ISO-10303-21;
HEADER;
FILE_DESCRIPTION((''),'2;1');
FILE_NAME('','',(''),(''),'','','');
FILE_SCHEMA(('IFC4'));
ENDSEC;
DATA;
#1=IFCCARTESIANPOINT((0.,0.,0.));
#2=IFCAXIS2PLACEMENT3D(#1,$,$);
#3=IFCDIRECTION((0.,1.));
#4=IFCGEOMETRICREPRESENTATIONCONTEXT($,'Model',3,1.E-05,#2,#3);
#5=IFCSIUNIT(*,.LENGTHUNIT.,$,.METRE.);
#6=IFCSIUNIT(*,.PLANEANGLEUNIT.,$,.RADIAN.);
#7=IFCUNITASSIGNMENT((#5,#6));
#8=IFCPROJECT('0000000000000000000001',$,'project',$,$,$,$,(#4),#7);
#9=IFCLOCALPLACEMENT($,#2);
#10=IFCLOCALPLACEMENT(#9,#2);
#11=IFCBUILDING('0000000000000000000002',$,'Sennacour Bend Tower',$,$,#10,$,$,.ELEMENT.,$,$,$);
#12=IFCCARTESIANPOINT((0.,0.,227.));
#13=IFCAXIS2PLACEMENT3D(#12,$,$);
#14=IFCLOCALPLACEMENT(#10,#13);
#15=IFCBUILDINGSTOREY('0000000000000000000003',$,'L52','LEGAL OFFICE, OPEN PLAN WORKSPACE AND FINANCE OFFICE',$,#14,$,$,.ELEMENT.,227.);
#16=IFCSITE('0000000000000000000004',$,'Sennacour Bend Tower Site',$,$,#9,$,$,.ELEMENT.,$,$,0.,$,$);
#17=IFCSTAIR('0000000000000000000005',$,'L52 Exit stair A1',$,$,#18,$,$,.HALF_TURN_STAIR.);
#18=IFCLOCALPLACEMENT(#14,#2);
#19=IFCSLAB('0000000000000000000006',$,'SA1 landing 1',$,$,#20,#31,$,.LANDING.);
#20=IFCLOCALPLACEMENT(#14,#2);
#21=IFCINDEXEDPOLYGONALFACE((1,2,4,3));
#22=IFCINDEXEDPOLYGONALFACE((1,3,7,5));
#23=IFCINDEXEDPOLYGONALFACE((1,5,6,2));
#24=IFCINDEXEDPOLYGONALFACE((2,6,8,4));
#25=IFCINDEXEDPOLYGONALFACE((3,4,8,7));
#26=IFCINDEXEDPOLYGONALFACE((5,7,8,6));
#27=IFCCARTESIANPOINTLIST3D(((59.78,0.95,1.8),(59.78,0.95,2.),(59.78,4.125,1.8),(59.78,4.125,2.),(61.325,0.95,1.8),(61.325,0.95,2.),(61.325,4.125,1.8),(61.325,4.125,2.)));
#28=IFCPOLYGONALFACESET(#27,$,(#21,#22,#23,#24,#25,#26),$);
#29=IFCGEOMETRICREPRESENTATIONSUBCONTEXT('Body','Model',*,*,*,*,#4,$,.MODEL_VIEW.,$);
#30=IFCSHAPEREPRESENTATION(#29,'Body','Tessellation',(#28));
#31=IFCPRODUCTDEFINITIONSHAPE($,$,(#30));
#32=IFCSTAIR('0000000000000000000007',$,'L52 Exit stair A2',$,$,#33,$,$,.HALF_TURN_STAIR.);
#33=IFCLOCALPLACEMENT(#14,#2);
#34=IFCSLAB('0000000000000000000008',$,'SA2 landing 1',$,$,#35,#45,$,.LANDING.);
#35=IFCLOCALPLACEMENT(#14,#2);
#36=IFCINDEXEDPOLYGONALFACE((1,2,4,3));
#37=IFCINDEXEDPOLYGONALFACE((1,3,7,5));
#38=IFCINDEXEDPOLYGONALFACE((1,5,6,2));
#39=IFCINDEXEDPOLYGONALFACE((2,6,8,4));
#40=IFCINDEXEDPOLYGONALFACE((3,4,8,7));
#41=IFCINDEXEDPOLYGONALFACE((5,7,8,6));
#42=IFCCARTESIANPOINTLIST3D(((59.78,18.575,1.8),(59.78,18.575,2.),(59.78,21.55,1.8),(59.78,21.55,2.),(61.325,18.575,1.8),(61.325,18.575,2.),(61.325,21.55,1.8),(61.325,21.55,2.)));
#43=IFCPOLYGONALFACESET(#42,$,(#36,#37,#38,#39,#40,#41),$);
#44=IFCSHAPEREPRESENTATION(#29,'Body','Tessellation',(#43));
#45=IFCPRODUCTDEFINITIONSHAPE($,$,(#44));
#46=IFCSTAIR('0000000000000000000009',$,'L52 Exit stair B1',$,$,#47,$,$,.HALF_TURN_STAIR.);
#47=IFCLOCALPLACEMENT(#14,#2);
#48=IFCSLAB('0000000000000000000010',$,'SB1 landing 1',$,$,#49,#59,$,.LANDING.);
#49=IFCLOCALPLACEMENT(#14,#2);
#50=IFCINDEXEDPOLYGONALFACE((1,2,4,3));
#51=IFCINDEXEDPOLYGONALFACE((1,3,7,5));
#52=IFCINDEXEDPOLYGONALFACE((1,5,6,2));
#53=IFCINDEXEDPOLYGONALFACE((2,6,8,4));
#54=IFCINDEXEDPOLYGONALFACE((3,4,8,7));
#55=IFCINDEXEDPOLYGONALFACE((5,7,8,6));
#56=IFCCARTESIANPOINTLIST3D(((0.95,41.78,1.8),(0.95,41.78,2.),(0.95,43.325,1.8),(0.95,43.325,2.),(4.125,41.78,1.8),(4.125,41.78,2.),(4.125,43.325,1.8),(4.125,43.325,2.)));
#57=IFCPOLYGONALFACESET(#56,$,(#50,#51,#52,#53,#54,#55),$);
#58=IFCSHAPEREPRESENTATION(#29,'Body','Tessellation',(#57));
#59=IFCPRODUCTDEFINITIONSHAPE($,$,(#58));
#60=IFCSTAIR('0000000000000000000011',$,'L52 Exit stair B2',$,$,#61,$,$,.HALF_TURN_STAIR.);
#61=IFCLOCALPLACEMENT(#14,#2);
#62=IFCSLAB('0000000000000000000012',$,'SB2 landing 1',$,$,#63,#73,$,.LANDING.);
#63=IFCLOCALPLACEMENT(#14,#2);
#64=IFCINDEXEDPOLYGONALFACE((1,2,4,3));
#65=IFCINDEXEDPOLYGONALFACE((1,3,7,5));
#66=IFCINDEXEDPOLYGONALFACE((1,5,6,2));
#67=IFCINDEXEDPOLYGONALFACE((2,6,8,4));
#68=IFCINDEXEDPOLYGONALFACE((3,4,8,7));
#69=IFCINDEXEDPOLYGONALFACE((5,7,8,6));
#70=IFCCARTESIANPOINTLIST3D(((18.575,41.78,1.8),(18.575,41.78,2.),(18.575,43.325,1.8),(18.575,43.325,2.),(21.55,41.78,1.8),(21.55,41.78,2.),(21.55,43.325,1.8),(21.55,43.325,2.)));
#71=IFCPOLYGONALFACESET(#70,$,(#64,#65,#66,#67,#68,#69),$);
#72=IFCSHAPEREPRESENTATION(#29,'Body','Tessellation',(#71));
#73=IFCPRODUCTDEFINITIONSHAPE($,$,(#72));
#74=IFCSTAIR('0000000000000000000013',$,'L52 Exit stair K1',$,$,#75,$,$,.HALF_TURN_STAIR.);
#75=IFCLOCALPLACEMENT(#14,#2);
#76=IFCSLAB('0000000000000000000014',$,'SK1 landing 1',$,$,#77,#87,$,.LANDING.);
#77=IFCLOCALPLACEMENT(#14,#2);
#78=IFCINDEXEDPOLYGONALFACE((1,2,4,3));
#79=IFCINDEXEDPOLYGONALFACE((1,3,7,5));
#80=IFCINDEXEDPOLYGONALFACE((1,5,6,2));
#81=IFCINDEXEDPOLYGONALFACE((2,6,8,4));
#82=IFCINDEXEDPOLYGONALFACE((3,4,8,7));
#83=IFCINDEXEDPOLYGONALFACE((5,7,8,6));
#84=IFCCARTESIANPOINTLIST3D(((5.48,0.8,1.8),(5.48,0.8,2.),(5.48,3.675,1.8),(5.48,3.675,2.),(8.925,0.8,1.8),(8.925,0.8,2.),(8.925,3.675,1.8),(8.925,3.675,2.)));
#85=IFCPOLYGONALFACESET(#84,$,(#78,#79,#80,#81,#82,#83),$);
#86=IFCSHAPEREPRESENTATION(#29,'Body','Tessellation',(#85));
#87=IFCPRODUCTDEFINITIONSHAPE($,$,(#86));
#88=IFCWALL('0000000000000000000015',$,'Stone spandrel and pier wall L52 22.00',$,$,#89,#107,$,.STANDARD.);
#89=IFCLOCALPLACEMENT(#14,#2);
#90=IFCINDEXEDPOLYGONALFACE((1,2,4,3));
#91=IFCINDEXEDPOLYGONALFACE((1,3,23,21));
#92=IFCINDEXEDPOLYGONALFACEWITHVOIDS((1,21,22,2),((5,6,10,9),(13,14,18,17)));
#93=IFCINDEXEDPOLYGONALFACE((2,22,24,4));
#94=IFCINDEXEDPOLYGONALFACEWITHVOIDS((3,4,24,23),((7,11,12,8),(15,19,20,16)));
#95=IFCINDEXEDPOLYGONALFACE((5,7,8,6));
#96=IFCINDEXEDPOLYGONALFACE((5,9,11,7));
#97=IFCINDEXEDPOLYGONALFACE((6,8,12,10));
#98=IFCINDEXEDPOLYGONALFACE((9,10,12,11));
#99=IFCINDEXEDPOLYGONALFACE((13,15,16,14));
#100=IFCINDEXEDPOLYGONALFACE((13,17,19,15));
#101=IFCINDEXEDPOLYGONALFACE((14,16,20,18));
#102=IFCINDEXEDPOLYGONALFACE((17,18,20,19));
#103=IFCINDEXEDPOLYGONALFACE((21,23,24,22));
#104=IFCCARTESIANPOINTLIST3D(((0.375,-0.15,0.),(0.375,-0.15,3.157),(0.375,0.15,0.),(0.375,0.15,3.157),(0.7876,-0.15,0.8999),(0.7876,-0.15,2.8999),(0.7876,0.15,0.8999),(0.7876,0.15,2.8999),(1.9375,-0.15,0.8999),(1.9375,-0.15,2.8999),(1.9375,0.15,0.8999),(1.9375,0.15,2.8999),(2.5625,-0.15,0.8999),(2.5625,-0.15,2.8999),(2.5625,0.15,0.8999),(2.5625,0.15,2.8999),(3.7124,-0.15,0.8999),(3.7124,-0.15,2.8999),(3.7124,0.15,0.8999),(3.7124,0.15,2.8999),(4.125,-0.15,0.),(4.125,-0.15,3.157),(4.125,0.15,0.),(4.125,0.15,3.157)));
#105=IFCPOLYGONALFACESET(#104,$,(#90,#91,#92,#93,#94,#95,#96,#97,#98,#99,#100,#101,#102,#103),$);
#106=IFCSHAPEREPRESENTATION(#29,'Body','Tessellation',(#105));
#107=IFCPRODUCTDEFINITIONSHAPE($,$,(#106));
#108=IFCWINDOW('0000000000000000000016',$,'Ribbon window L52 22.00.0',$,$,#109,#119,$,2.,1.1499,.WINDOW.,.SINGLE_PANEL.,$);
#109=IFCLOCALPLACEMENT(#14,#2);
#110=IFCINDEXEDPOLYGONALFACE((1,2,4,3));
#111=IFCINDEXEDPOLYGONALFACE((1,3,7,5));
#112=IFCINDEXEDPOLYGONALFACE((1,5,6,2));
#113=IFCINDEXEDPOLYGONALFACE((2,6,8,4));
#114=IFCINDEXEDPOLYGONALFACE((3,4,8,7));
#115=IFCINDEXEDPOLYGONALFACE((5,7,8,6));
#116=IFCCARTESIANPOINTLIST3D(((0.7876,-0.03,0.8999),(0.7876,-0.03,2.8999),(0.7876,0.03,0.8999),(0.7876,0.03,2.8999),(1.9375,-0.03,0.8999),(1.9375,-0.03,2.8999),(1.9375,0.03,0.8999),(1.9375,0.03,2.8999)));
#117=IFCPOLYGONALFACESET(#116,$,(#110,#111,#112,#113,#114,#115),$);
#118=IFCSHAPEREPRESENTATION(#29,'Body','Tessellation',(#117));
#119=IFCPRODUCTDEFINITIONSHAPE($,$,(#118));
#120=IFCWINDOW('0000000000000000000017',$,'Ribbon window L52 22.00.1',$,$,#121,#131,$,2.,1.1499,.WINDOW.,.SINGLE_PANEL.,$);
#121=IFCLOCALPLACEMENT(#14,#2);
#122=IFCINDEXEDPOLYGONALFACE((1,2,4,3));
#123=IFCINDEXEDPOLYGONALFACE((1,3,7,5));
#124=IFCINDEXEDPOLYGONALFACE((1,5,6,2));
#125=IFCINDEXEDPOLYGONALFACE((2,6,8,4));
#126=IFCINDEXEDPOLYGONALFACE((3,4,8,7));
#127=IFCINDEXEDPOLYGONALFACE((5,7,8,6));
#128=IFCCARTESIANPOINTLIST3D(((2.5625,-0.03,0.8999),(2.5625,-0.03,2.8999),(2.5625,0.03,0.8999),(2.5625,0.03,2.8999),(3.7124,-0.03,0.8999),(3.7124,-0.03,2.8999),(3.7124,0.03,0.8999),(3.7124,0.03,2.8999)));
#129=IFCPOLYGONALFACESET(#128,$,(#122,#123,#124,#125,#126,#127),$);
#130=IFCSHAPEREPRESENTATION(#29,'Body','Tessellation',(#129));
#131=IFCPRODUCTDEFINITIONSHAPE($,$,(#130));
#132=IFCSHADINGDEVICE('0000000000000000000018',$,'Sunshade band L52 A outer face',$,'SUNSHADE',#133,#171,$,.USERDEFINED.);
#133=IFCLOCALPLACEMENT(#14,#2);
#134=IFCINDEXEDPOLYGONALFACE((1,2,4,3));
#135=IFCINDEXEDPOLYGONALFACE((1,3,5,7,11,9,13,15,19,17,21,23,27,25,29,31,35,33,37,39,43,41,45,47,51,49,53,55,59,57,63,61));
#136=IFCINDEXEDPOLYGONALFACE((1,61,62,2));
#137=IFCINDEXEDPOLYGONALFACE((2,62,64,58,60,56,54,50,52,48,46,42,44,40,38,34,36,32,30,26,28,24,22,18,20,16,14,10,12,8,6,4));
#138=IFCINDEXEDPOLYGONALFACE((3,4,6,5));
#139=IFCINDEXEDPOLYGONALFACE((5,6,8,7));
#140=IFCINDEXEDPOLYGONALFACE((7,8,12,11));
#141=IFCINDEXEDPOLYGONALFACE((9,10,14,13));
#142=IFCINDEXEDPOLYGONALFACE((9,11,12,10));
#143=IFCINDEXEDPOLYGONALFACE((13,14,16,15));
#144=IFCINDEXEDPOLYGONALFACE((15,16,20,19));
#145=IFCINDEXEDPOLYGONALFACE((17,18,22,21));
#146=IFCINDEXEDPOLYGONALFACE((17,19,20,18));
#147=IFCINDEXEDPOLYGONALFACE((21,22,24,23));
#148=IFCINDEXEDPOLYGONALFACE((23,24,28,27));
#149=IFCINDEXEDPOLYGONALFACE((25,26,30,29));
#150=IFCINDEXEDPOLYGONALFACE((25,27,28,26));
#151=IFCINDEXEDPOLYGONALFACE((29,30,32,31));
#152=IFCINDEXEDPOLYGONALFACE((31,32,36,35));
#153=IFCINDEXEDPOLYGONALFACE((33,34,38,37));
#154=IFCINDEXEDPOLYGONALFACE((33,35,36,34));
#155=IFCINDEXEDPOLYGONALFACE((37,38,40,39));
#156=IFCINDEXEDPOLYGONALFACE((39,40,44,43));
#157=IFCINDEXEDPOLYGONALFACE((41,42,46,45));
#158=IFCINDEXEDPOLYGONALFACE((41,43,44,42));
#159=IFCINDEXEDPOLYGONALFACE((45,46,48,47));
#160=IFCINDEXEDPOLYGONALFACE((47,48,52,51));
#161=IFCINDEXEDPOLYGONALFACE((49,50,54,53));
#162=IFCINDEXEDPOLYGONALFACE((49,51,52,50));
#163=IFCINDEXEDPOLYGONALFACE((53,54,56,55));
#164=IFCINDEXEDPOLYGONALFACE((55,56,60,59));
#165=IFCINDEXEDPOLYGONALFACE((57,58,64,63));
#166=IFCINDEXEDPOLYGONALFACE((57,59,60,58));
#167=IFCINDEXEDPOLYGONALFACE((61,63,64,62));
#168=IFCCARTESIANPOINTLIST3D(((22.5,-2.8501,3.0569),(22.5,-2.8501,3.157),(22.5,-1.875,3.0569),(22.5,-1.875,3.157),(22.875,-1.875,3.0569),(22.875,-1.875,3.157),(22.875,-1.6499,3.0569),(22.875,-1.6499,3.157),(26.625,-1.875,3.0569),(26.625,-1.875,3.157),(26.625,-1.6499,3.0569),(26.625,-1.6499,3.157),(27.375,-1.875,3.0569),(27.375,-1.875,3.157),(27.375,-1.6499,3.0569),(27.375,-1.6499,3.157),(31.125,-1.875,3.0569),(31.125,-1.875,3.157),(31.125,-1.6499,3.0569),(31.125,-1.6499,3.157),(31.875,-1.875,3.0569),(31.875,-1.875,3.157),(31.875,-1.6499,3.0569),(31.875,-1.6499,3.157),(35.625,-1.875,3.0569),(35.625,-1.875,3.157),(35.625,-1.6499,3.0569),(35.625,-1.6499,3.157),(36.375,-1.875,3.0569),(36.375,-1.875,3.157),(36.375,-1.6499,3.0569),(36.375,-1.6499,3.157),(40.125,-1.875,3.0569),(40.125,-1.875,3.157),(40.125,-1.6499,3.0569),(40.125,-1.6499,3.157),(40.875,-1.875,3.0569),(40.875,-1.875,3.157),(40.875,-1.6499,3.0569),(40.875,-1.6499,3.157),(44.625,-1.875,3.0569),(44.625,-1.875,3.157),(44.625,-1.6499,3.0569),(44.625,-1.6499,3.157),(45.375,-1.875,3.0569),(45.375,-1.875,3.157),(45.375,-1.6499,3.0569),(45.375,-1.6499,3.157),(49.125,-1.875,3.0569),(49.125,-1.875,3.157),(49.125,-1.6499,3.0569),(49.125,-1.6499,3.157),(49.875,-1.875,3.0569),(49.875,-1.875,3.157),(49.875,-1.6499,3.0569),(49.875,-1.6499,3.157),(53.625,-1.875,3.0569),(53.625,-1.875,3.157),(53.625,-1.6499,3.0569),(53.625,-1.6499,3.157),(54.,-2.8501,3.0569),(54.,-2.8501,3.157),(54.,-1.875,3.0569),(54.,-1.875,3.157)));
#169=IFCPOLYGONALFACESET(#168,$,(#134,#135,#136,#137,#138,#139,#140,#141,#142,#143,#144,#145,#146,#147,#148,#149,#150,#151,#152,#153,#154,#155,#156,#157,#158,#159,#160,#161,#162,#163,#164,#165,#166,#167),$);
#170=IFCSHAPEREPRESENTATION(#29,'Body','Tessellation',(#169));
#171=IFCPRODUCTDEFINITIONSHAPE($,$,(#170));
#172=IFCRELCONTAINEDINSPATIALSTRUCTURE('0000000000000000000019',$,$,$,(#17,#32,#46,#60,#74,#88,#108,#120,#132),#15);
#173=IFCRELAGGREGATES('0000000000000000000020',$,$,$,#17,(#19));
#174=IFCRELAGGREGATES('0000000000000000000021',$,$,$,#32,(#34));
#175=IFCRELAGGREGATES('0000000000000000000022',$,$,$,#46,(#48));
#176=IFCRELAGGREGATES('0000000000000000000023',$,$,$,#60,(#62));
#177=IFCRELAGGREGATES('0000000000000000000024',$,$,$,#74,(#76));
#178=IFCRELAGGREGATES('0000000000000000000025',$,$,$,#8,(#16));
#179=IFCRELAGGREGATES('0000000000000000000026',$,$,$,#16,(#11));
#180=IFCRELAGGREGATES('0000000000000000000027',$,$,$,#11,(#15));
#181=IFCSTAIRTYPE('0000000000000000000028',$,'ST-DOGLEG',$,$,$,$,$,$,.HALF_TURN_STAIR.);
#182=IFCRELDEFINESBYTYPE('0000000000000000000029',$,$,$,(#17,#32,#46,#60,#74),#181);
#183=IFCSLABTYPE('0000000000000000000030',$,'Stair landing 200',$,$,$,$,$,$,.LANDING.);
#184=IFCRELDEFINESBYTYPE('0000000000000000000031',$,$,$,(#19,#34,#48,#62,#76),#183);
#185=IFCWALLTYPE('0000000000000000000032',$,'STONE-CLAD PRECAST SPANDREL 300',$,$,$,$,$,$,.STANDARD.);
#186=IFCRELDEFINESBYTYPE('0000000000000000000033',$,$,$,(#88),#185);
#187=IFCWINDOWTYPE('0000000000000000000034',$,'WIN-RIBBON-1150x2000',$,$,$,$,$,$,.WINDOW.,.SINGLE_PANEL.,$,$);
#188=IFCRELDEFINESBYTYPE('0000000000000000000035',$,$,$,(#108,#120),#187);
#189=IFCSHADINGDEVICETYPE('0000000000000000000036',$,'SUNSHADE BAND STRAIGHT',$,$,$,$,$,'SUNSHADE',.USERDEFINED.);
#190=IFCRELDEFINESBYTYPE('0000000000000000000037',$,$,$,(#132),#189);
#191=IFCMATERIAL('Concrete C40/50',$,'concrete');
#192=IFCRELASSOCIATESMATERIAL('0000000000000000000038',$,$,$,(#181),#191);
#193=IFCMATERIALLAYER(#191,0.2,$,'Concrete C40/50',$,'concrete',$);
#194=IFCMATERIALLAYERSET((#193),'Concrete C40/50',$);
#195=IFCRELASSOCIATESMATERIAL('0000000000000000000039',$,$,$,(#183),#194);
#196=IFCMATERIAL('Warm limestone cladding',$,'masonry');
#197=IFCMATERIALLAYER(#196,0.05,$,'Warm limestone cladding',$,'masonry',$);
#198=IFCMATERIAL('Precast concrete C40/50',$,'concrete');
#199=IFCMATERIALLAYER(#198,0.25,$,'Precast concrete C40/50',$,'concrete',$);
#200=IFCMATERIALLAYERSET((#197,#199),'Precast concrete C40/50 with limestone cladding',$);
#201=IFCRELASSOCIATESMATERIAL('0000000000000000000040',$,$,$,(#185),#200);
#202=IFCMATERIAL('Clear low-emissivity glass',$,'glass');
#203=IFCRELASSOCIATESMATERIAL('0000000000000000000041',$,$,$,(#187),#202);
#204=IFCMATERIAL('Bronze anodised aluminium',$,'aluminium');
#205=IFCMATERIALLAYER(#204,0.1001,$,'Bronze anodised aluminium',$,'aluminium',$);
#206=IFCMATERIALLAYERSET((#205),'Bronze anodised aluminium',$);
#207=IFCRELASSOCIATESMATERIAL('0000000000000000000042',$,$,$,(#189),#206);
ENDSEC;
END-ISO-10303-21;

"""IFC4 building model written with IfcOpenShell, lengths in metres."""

from ifc_helpers import new_model, si_unit, direction, frame, frame_2d, origin, place, context, subcontext, project, spatial, polyline, rectangle, outline, extrude, material, layer, layer_set, type_object, element, fill, aggregate, save


model = new_model("IFC4")

# Units and contexts
model_context = context("Model", 3, precision=1e-05, world=origin(), true_north=direction((0.0, 1.0)))
body_context = subcontext(model_context, "Body", "Model", "MODEL_VIEW")
ifc_project = project(units=[si_unit("LENGTHUNIT", "METRE"), si_unit("PLANEANGLEUNIT", "RADIAN")], contexts=[model_context])

# Site, building, storey
site_placement = place(None, origin())
site = spatial("IfcSite", under=ifc_project, at=site_placement, Name="Sennacour Bend Tower Site", CompositionType="ELEMENT", RefElevation=0.0)
building_placement = place(site_placement, origin())
building = spatial("IfcBuilding", under=site, at=building_placement, Name="Sennacour Bend Tower", CompositionType="ELEMENT")
storey_placement = place(building_placement, frame((0.0, 0.0, 227.0)))
storey = spatial("IfcBuildingStorey", under=building, at=storey_placement, Name="L52", Description="LEGAL OFFICE, OPEN PLAN WORKSPACE AND FINANCE OFFICE", CompositionType="ELEMENT", Elevation=227.0)

# Shared definitions
ifc_material_1 = material(Name="Concrete C40/50", Category="concrete")

# Stairs, slabs
stair_type = type_object("IfcStairType", Name="ST-DOGLEG", PredefinedType="HALF_TURN_STAIR", material=ifc_material_1)
stair_1_placement = place(storey_placement, origin())
stair_1 = element("IfcStair", 1, at=stair_1_placement, inside=storey, type_object=stair_type, Name="L52 Exit stair A1", PredefinedType="HALF_TURN_STAIR")
ifc_layer_1 = layer(ifc_material_1, 0.2, Name="Concrete C40/50", Category="concrete")
ifc_layer_set_1 = layer_set([ifc_layer_1], Name="Concrete C40/50")
slab_type_1 = type_object("IfcSlabType", Name="Stair landing 200", PredefinedType="LANDING", material=ifc_layer_set_1)
slab_1_placement = place(storey_placement, frame((0.0, 0.0, 1.8)))
slab_1 = element("IfcSlab", 2, at=slab_1_placement, type_object=slab_type_1, Name="SA1 landing 1", PredefinedType="LANDING", context=body_context, shape_type="SweptSolid", body=[
    extrude(outline(polyline([(59.78, 0.95), (61.325, 0.95), (61.325, 4.125), (59.78, 4.125), (59.78, 0.95)])), origin(), (0.0, 0.0, 1.0), 0.2),
])
aggregate(stair_1, [slab_1])
stair_2_placement = place(storey_placement, origin())
stair_2 = element("IfcStair", 3, at=stair_2_placement, inside=storey, type_object=stair_type, Name="L52 Exit stair A2", PredefinedType="HALF_TURN_STAIR")
slab_2_placement = place(storey_placement, frame((0.0, 0.0, 1.8)))
slab_2 = element("IfcSlab", 4, at=slab_2_placement, type_object=slab_type_1, Name="SA2 landing 1", PredefinedType="LANDING", context=body_context, shape_type="SweptSolid", body=[
    extrude(outline(polyline([(59.78, 18.575), (61.325, 18.575), (61.325, 21.55), (59.78, 21.55), (59.78, 18.575)])), origin(), (0.0, 0.0, 1.0), 0.2),
])
aggregate(stair_2, [slab_2])
stair_3_placement = place(storey_placement, origin())
stair_3 = element("IfcStair", 5, at=stair_3_placement, inside=storey, type_object=stair_type, Name="L52 Exit stair B1", PredefinedType="HALF_TURN_STAIR")
slab_3_placement = place(storey_placement, frame((0.0, 0.0, 1.8)))
slab_3 = element("IfcSlab", 6, at=slab_3_placement, type_object=slab_type_1, Name="SB1 landing 1", PredefinedType="LANDING", context=body_context, shape_type="SweptSolid", body=[
    extrude(outline(polyline([(0.95, 41.78), (4.125, 41.78), (4.125, 43.325), (0.95, 43.325), (0.95, 41.78)])), origin(), (0.0, 0.0, 1.0), 0.2),
])
aggregate(stair_3, [slab_3])
stair_4_placement = place(storey_placement, origin())
stair_4 = element("IfcStair", 7, at=stair_4_placement, inside=storey, type_object=stair_type, Name="L52 Exit stair B2", PredefinedType="HALF_TURN_STAIR")
slab_4_placement = place(storey_placement, frame((0.0, 0.0, 1.8)))
slab_4 = element("IfcSlab", 8, at=slab_4_placement, type_object=slab_type_1, Name="SB2 landing 1", PredefinedType="LANDING", context=body_context, shape_type="SweptSolid", body=[
    extrude(outline(polyline([(18.575, 41.78), (21.55, 41.78), (21.55, 43.325), (18.575, 43.325), (18.575, 41.78)])), origin(), (0.0, 0.0, 1.0), 0.2),
])
aggregate(stair_4, [slab_4])
stair_5_placement = place(storey_placement, origin())
stair_5 = element("IfcStair", 9, at=stair_5_placement, inside=storey, type_object=stair_type, Name="L52 Exit stair K1", PredefinedType="HALF_TURN_STAIR")
slab_5_placement = place(storey_placement, frame((0.0, 0.0, 1.8)))
slab_5 = element("IfcSlab", 10, at=slab_5_placement, type_object=slab_type_1, Name="SK1 landing 1", PredefinedType="LANDING", context=body_context, shape_type="SweptSolid", body=[
    extrude(outline(polyline([(5.48, 0.8), (8.925, 0.8), (8.925, 3.675), (5.48, 3.675), (5.48, 0.8)])), origin(), (0.0, 0.0, 1.0), 0.2),
])
aggregate(stair_5, [slab_5])

# Wall, openings, windows
ifc_material_2 = material(Name="Warm limestone cladding", Category="masonry")
ifc_layer_2 = layer(ifc_material_2, 0.05, Name="Warm limestone cladding", Category="masonry")
ifc_material_3 = material(Name="Precast concrete C40/50", Category="concrete")
ifc_layer_3 = layer(ifc_material_3, 0.25, Name="Precast concrete C40/50", Category="concrete")
ifc_layer_set_2 = layer_set([ifc_layer_2, ifc_layer_3], Name="Precast concrete C40/50 with limestone cladding")
wall_type = type_object("IfcWallType", Name="STONE-CLAD PRECAST SPANDREL 300", PredefinedType="STANDARD", material=ifc_layer_set_2)
wall_placement = place(storey_placement, frame((0.375, 0.0, 0.0), z_axis=(0.0, 0.0, 1.0), x_axis=(1.0, 0.0, 0.0)))
wall = element("IfcWall", 11, at=wall_placement, inside=storey, type_object=wall_type, Name="Stone spandrel and pier wall L52 22.00", PredefinedType="STANDARD", context=body_context, shape_type="SweptSolid", body=[
    extrude(rectangle(XDim=3.75, YDim=0.3, at=frame_2d((1.875, 0.0))), origin(), (0.0, 0.0, 1.0), 3.157),
])
opening_1_placement = place(wall_placement, frame((0.4126, 0.0, 0.8999)))
opening_1 = element("IfcOpeningElement", 12, at=opening_1_placement, cuts=wall, PredefinedType="OPENING", context=body_context, shape_type="SweptSolid", body=[
    extrude(rectangle(XDim=1.1499, YDim=2.0, at=frame_2d((0.575, 1.0))), frame((0.0, 0.1602, 0.0), z_axis=(0.0, -1.0, 0.0), x_axis=(1.0, 0.0, 0.0)), (0.0, 0.0, 1.0), 0.3201),
])
opening_2_placement = place(wall_placement, frame((2.1875, 0.0, 0.8999)))
opening_2 = element("IfcOpeningElement", 13, at=opening_2_placement, cuts=wall, PredefinedType="OPENING", context=body_context, shape_type="SweptSolid", body=[
    extrude(rectangle(XDim=1.1499, YDim=2.0, at=frame_2d((0.575, 1.0))), frame((0.0, 0.1602, 0.0), z_axis=(0.0, -1.0, 0.0), x_axis=(1.0, 0.0, 0.0)), (0.0, 0.0, 1.0), 0.3201),
])
ifc_material_4 = material(Name="Clear low-emissivity glass", Category="glass")
window_type = type_object("IfcWindowType", Name="WIN-RIBBON-1150x2000", PartitioningType="SINGLE_PANEL", PredefinedType="WINDOW", material=ifc_material_4)
window_1_placement = place(opening_1_placement, origin())
window_1 = element("IfcWindow", 14, at=window_1_placement, inside=storey, type_object=window_type, Name="Ribbon window L52 22.00.0", OverallHeight=2.0, OverallWidth=1.1499, PartitioningType="SINGLE_PANEL", PredefinedType="WINDOW", context=body_context, shape_type="SweptSolid", body=[
    extrude(rectangle(XDim=1.1499, YDim=2.0, at=frame_2d((0.575, 1.0))), frame((0.0, 0.03, 0.0), z_axis=(0.0, -1.0, 0.0), x_axis=(1.0, 0.0, 0.0)), (0.0, 0.0, 1.0), 0.0601),
])
fill(opening_1, window_1)
window_2_placement = place(opening_2_placement, origin())
window_2 = element("IfcWindow", 15, at=window_2_placement, inside=storey, type_object=window_type, Name="Ribbon window L52 22.00.1", OverallHeight=2.0, OverallWidth=1.1499, PartitioningType="SINGLE_PANEL", PredefinedType="WINDOW", context=body_context, shape_type="SweptSolid", body=[
    extrude(rectangle(XDim=1.1499, YDim=2.0, at=frame_2d((0.575, 1.0))), frame((0.0, 0.03, 0.0), z_axis=(0.0, -1.0, 0.0), x_axis=(1.0, 0.0, 0.0)), (0.0, 0.0, 1.0), 0.0601),
])
fill(opening_2, window_2)

# Shading device
ifc_material_5 = material(Name="Bronze anodised aluminium", Category="aluminium")
ifc_layer_4 = layer(ifc_material_5, 0.1001, Name="Bronze anodised aluminium", Category="aluminium")
ifc_layer_set_3 = layer_set([ifc_layer_4], Name="Bronze anodised aluminium")
shading_device_type_1 = type_object("IfcShadingDeviceType", Name="SUNSHADE BAND STRAIGHT", ElementType="SUNSHADE", PredefinedType="USERDEFINED", material=ifc_layer_set_3)
shading_device_1_placement = place(storey_placement, frame((0.0, 0.0, 3.0569)))
element("IfcShadingDevice", 16, at=shading_device_1_placement, inside=storey, type_object=shading_device_type_1, Name="Sunshade band L52 A outer face", ObjectType="SUNSHADE", PredefinedType="USERDEFINED", context=body_context, shape_type="SweptSolid", body=[
    extrude(outline(polyline([(26.625, -1.6499), (26.625, -1.875), (27.375, -1.875), (27.375, -1.6499), (31.125, -1.6499), (31.125, -1.875), (31.875, -1.875), (31.875, -1.6499), (35.625, -1.6499), (35.625, -1.875), (36.375, -1.875), (36.375, -1.6499), (40.125, -1.6499), (40.125, -1.875), (40.875, -1.875), (40.875, -1.6499), (44.625, -1.6499), (44.625, -1.875), (45.375, -1.875), (45.375, -1.6499), (49.125, -1.6499), (49.125, -1.875), (49.875, -1.875), (49.875, -1.6499), (53.625, -1.6499), (53.625, -1.875), (54.0, -1.875), (54.0, -2.8501), (22.5, -2.8501), (22.5, -1.875), (22.875, -1.875), (22.875, -1.6499), (26.625, -1.6499)])), origin(), (0.0, 0.0, 1.0), 0.1001),
])

save(model, "model.ifc")
